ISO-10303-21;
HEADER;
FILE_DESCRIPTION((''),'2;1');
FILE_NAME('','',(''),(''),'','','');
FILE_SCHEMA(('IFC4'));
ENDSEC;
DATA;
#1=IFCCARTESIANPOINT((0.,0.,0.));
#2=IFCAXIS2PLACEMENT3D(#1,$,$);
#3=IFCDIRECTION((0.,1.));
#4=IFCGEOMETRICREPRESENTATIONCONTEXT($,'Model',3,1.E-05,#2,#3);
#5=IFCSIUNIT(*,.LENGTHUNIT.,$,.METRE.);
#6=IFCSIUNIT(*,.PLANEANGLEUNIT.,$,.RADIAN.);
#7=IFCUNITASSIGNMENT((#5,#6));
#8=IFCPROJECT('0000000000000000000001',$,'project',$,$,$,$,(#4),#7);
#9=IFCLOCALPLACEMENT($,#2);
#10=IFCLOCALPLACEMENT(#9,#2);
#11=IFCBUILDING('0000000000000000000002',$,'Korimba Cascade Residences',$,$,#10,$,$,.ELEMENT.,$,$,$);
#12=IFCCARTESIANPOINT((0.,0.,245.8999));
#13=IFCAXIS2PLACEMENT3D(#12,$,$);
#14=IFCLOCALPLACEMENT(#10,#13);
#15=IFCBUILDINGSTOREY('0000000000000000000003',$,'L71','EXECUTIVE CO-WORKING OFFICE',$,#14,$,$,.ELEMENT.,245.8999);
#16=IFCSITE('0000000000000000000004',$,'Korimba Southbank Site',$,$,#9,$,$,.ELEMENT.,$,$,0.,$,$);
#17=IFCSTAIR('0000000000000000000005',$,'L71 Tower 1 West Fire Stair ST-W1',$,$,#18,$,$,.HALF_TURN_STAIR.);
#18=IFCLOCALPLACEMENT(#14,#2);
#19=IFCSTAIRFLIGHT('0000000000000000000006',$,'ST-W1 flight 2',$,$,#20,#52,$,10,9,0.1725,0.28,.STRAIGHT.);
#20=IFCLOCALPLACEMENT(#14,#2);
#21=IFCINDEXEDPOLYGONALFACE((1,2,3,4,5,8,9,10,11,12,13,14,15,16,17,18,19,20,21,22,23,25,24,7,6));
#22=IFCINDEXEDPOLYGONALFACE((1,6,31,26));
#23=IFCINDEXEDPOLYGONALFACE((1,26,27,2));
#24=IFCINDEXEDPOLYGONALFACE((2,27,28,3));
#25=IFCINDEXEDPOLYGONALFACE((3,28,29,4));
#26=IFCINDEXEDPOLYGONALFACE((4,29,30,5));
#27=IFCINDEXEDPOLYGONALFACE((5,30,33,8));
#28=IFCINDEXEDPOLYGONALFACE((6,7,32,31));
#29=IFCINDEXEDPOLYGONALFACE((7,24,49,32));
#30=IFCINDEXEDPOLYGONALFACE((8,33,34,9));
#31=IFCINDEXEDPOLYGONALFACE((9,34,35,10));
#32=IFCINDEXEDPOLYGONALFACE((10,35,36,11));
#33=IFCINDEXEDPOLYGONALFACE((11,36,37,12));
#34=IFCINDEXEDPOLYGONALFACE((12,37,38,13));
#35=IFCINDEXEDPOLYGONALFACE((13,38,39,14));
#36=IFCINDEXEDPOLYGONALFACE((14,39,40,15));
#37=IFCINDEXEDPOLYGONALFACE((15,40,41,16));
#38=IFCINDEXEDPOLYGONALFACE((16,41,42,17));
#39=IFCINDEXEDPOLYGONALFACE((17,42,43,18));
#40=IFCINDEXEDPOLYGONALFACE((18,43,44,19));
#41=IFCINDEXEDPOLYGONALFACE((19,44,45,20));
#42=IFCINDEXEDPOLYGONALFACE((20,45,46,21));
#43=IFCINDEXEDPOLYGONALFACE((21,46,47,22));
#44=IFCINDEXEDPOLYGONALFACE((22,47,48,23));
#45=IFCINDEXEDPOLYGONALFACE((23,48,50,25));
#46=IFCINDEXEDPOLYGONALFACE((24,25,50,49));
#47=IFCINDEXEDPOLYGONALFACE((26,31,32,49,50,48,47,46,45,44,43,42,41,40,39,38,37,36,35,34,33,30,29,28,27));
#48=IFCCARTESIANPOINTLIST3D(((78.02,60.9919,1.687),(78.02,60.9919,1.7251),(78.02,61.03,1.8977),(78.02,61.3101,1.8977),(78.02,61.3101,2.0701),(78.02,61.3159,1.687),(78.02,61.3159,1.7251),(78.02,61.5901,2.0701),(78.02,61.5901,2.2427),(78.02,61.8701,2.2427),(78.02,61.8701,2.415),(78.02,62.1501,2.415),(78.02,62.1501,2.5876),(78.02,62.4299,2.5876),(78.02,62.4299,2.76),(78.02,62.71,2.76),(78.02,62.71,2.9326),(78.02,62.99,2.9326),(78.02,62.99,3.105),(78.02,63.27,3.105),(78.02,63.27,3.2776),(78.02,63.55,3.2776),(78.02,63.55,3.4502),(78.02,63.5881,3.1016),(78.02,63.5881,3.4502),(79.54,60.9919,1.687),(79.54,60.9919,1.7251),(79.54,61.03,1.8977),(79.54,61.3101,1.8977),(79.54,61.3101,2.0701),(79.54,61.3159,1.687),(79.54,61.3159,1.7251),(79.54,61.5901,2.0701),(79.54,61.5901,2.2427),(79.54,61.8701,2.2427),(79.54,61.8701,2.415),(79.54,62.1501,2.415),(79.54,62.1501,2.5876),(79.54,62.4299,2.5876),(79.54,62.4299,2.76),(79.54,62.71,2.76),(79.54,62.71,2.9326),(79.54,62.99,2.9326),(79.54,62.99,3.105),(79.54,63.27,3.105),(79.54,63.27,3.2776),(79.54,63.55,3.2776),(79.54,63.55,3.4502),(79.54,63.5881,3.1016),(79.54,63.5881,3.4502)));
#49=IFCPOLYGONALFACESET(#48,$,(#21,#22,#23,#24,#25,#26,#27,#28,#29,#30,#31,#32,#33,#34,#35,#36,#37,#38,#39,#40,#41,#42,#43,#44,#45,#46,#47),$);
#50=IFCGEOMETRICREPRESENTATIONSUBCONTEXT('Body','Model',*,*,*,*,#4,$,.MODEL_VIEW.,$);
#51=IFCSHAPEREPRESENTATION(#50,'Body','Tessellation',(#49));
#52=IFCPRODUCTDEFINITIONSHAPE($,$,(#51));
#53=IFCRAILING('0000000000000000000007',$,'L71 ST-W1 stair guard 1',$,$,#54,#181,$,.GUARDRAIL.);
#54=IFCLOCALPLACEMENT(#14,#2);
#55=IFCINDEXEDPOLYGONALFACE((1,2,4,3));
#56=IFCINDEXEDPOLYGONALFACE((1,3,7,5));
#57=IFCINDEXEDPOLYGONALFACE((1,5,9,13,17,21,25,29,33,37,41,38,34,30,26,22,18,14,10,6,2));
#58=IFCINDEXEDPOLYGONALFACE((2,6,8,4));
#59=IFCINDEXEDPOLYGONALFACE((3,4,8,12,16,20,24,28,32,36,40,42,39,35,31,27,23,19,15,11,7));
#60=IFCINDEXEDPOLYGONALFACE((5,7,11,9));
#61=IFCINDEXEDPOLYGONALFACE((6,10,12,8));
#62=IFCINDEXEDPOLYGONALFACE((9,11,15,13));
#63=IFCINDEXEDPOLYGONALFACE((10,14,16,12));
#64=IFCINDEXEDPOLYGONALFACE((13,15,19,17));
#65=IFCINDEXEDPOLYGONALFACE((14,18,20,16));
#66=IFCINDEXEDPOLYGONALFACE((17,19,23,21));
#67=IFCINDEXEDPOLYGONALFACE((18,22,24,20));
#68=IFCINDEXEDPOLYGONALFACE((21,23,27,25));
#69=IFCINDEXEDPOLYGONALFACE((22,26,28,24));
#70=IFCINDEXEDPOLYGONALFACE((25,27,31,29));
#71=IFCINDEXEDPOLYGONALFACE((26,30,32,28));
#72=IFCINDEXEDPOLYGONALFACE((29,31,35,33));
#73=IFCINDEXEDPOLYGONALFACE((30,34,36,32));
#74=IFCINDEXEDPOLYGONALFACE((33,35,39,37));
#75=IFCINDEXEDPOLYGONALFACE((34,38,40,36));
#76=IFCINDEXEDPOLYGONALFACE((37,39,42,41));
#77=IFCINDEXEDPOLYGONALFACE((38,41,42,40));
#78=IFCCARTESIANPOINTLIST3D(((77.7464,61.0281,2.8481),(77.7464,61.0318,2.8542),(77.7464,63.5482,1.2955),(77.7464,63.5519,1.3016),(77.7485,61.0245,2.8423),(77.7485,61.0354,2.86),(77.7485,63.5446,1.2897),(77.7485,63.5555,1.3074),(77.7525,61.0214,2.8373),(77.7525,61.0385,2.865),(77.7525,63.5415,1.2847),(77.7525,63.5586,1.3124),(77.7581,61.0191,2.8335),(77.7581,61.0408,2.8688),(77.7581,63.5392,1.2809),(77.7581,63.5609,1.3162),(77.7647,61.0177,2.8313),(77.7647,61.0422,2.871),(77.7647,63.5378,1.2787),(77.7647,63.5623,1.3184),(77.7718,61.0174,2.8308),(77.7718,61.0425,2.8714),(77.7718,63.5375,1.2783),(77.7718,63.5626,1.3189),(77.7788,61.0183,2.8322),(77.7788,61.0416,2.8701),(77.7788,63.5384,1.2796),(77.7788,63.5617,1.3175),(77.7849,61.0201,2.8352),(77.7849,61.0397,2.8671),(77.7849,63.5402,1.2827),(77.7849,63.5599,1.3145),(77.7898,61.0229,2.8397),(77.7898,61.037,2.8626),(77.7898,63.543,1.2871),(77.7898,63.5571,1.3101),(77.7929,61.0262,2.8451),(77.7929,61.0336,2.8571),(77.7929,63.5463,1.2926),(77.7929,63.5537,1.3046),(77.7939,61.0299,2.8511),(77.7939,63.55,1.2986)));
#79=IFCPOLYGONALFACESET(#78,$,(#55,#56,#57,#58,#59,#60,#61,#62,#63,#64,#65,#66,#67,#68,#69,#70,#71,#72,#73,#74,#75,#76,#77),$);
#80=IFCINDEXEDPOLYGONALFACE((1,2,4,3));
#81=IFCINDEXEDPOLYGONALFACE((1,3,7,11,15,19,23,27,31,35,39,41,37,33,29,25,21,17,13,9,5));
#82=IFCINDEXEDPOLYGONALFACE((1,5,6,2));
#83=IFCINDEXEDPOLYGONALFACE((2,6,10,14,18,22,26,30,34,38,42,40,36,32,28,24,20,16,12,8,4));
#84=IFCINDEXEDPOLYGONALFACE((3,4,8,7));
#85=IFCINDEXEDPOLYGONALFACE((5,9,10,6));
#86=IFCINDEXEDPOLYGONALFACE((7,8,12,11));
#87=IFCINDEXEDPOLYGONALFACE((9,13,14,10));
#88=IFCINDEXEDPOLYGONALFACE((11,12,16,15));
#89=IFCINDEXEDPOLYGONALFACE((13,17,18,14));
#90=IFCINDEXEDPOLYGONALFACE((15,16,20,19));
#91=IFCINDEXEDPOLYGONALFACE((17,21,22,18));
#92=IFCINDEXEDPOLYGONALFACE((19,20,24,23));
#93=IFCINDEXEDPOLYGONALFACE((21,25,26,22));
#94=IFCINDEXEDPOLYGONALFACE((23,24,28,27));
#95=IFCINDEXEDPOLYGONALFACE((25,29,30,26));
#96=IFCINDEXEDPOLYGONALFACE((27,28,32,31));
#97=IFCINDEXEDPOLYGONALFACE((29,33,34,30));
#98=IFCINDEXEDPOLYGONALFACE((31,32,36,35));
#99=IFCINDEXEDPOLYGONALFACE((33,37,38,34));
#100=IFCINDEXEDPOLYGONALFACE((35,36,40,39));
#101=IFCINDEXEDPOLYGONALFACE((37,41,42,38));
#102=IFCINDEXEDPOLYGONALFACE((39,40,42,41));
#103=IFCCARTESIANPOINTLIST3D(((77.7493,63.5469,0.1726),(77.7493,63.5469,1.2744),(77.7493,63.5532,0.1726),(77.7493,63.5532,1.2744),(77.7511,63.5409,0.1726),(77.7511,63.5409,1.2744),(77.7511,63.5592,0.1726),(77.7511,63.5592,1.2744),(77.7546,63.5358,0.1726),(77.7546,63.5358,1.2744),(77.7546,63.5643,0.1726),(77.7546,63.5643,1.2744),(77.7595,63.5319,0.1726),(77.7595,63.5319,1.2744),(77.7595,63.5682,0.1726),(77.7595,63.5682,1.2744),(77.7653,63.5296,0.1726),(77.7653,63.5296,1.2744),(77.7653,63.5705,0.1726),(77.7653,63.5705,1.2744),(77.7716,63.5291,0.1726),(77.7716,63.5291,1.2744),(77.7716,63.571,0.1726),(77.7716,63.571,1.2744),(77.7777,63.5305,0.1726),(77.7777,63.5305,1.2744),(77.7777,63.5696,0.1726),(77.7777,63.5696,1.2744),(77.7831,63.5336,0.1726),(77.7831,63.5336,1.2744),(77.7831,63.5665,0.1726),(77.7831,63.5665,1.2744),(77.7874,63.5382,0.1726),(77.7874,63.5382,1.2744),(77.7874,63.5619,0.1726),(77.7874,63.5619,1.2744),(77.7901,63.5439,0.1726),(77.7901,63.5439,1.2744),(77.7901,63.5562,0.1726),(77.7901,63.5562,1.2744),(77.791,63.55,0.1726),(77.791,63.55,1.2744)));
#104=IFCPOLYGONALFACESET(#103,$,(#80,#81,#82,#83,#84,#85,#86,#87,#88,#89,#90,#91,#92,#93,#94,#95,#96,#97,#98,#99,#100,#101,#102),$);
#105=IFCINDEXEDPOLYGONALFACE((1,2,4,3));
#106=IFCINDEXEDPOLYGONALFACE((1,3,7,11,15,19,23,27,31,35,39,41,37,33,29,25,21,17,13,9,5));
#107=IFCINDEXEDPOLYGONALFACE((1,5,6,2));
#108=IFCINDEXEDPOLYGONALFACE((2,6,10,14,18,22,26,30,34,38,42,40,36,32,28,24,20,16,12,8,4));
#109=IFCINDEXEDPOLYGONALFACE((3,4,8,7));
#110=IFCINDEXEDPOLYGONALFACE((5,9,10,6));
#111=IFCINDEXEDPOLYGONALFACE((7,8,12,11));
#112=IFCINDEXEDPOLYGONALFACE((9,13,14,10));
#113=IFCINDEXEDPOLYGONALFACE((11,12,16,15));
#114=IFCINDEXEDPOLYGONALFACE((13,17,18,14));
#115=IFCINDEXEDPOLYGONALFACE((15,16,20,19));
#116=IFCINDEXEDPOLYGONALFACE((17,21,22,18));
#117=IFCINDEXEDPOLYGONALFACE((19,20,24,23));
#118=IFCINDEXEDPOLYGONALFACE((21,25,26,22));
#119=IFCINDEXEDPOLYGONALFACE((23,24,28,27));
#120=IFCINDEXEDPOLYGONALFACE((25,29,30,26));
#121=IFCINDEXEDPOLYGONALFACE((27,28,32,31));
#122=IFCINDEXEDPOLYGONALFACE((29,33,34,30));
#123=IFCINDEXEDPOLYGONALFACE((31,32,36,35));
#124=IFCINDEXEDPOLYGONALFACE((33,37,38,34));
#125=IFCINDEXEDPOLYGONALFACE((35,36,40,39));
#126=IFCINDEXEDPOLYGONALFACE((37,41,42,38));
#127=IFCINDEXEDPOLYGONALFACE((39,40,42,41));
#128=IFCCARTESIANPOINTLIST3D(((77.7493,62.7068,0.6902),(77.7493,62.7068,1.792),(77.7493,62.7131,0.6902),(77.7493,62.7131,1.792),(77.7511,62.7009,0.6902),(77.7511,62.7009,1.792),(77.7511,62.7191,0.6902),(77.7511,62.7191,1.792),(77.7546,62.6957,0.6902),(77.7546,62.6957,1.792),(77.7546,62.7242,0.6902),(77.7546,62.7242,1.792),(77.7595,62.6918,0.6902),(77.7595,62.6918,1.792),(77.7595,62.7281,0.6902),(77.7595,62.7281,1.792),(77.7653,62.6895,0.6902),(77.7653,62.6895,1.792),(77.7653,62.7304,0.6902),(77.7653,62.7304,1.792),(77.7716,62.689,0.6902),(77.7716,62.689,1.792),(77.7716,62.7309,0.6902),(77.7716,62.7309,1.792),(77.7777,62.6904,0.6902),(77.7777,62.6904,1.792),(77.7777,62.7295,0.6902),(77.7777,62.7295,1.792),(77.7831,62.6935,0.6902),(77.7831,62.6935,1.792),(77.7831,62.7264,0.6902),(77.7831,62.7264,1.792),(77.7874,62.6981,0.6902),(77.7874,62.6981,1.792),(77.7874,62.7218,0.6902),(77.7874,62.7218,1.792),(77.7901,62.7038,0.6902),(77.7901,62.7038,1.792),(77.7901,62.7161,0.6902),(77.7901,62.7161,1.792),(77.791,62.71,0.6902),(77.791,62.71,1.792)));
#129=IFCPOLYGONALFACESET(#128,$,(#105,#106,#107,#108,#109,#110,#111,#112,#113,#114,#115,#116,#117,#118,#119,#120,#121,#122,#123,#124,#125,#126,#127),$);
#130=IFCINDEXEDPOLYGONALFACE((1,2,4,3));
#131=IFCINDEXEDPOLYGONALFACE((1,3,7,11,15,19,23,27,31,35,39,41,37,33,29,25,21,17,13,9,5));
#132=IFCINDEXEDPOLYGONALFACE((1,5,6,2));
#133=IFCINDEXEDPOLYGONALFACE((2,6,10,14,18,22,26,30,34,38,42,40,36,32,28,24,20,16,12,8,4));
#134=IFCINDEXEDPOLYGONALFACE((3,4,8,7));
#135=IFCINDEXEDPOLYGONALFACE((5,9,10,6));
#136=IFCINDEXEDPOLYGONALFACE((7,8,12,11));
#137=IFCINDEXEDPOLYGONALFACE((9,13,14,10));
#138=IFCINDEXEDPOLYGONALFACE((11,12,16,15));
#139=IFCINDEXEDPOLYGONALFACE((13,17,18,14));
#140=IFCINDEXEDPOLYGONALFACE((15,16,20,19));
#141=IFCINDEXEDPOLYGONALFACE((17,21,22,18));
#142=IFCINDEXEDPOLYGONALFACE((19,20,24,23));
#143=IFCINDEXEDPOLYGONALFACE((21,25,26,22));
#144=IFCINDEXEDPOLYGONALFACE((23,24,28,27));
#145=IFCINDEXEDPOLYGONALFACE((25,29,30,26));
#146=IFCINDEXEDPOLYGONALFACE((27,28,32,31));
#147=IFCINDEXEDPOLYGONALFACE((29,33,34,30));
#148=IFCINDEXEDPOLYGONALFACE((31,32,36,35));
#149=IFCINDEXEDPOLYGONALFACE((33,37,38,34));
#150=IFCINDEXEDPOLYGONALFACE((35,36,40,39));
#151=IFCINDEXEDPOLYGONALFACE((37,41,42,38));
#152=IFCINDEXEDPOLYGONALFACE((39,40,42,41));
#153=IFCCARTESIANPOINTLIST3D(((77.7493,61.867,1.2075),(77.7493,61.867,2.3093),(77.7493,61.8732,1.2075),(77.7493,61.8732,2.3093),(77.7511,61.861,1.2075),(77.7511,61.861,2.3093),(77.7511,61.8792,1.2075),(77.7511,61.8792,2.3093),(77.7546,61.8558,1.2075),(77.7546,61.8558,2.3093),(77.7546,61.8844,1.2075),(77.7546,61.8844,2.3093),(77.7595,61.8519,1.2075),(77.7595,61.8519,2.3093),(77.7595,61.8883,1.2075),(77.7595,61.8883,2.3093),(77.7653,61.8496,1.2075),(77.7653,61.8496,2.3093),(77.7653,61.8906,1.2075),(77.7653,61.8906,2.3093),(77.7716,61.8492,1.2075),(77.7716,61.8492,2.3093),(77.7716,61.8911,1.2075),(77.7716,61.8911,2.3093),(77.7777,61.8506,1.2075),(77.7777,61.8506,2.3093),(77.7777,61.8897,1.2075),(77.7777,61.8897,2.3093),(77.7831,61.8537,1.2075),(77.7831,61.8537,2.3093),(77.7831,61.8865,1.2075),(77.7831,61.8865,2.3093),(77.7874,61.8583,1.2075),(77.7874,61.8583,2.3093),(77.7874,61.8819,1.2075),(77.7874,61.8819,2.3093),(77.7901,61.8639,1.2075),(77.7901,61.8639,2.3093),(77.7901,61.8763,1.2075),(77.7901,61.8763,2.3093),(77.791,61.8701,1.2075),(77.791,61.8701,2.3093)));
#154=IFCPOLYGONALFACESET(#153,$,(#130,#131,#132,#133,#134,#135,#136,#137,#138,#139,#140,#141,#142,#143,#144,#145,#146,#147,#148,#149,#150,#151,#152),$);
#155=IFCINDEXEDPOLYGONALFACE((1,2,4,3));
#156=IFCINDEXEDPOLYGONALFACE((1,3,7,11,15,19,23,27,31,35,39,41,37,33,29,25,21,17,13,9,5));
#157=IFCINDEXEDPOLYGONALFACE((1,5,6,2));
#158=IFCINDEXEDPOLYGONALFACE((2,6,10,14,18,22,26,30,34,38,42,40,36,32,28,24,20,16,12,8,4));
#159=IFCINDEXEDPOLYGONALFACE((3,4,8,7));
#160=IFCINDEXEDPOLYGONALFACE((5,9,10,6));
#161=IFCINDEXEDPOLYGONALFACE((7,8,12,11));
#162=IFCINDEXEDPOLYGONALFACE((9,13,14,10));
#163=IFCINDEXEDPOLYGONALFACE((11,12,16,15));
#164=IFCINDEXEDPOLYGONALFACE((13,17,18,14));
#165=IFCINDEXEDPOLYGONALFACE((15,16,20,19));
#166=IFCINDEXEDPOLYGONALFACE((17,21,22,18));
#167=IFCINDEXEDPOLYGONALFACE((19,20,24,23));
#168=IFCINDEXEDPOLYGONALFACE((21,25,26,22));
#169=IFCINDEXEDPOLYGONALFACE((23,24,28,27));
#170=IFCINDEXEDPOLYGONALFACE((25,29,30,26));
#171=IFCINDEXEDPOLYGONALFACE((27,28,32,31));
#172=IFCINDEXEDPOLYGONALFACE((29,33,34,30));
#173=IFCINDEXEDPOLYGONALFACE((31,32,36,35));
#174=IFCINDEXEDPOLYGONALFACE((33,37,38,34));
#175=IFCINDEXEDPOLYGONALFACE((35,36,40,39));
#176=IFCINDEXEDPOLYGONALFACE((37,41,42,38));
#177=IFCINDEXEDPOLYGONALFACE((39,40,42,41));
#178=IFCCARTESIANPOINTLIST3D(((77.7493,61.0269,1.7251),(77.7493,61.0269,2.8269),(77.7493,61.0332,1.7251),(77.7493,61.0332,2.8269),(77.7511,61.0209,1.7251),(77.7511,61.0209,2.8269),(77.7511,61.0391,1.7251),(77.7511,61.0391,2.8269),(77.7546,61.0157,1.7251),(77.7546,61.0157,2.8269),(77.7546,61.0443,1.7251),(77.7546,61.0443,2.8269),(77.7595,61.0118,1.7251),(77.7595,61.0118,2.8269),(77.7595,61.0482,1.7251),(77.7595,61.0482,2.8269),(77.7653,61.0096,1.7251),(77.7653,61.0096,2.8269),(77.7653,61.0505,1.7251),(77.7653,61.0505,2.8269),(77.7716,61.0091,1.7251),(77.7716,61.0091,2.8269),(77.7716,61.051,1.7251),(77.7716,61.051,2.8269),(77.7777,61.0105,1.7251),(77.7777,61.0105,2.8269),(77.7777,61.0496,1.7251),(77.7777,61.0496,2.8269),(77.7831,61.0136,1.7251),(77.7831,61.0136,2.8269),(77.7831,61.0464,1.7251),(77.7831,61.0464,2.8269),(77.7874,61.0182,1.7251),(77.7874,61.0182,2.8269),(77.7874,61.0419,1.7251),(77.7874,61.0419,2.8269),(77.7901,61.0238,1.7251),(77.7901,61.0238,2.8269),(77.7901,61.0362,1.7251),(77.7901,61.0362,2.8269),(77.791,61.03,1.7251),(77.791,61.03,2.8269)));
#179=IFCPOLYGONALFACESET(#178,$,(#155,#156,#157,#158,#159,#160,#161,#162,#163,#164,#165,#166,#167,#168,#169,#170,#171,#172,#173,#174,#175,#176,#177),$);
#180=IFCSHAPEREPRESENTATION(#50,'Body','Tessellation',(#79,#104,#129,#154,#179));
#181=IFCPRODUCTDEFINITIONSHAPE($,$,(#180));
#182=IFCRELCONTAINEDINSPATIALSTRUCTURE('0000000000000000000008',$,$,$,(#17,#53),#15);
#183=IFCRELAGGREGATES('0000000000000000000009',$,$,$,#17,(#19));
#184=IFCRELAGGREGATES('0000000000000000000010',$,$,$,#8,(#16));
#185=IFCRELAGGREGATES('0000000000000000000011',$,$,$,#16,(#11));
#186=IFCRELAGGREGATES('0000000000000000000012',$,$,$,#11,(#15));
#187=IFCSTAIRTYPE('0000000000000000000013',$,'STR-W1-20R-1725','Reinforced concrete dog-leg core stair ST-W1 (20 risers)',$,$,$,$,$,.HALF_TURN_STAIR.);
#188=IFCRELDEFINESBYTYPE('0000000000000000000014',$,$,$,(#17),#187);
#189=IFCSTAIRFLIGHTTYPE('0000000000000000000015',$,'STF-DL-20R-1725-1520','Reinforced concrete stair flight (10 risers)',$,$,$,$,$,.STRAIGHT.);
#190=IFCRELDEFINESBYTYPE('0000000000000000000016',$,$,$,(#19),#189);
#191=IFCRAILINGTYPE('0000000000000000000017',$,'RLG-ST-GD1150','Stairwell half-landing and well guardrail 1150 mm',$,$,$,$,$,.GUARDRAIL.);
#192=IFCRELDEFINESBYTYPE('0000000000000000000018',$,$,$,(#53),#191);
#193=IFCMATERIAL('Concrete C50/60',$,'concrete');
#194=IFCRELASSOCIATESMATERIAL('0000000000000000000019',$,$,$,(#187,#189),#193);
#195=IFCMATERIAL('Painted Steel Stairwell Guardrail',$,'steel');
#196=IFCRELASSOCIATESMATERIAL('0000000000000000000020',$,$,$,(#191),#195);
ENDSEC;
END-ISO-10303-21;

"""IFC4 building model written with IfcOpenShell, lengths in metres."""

from ifc_helpers import new_model, si_unit, direction, frame, origin, origin_2d, place, context, subcontext, project, spatial, polyline, circle, outline, extrude, material, type_object, element, aggregate, save


model = new_model("IFC4")

# Units and contexts
model_context = context("Model", 3, precision=1e-05, world=origin(), true_north=direction((0.0, 1.0)))
body_context = subcontext(model_context, "Body", "Model", "MODEL_VIEW")
ifc_project = project(units=[si_unit("LENGTHUNIT", "METRE"), si_unit("PLANEANGLEUNIT", "RADIAN")], contexts=[model_context])

# Site, building, storey
site_placement = place(None, origin())
site = spatial("IfcSite", under=ifc_project, at=site_placement, Name="Korimba Southbank Site", CompositionType="ELEMENT", RefElevation=0.0)
building_placement = place(site_placement, origin())
building = spatial("IfcBuilding", under=site, at=building_placement, Name="Korimba Cascade Residences", CompositionType="ELEMENT")
storey_placement = place(building_placement, frame((0.0, 0.0, 245.8999)))
storey = spatial("IfcBuildingStorey", under=building, at=storey_placement, Name="L71", Description="EXECUTIVE CO-WORKING OFFICE", CompositionType="ELEMENT", Elevation=245.8999)

# Shared definitions
ifc_material_1 = material(Name="Concrete C50/60", Category="concrete")

# Stair, stair flight
stair_type = type_object("IfcStairType", Name="STR-W1-20R-1725", Description="Reinforced concrete dog-leg core stair ST-W1 (20 risers)", PredefinedType="HALF_TURN_STAIR", material=ifc_material_1)
stair_placement = place(storey_placement, origin())
stair = element("IfcStair", 1, at=stair_placement, inside=storey, type_object=stair_type, Name="L71 Tower 1 West Fire Stair ST-W1", PredefinedType="HALF_TURN_STAIR")
stair_flight_type = type_object("IfcStairFlightType", Name="STF-DL-20R-1725-1520", Description="Reinforced concrete stair flight (10 risers)", PredefinedType="STRAIGHT", material=ifc_material_1)
stair_flight_1_placement = place(storey_placement, frame((78.78, 61.03, 1.7251), z_axis=(0.0, 0.0, 1.0), x_axis=(0.0, 1.0, 0.0)))
stair_flight_1 = element("IfcStairFlight", 2, at=stair_flight_1_placement, type_object=stair_flight_type, Name="ST-W1 flight 2", NumberOfRisers=10, NumberOfTreads=9, PredefinedType="STRAIGHT", RiserHeight=0.1725, TreadLength=0.28, context=body_context, shape_type="SweptSolid", body=[
    extrude(outline(polyline([(-0.0381, 0.0), (0.0, 0.1726), (0.28, 0.1726), (0.28, 0.345), (0.5601, 0.345), (0.5601, 0.5176), (0.8401, 0.5176), (0.8401, 0.6899), (1.1201, 0.6899), (1.1201, 0.8625), (1.3999, 0.8625), (1.3999, 1.0349), (1.6799, 1.0349), (1.6799, 1.2075), (1.96, 1.2075), (1.96, 1.3799), (2.24, 1.3799), (2.24, 1.5525), (2.52, 1.5525), (2.52, 1.7251), (2.5581, 1.7251), (2.5581, 1.3765), (0.2859, 0.0), (0.2859, -0.0381), (-0.0381, -0.0381), (-0.0381, 0.0)])), frame((0.0, 0.76, 0.0), z_axis=(0.0, -1.0, 0.0), x_axis=(1.0, 0.0, 0.0)), (0.0, 0.0, 1.0), 1.52),
])
aggregate(stair, [stair_flight_1])

# Railing
ifc_material_2 = material(Name="Painted Steel Stairwell Guardrail", Category="steel")
railing_type_1 = type_object("IfcRailingType", Name="RLG-ST-GD1150", Description="Stairwell half-landing and well guardrail 1150 mm", PredefinedType="GUARDRAIL", material=ifc_material_2)
railing_1_placement = place(storey_placement, frame((77.77, 63.55, 0.1726)))
element("IfcRailing", 3, at=railing_1_placement, inside=storey, type_object=railing_type_1, Name="L71 ST-W1 stair guard 1", PredefinedType="GUARDRAIL", context=body_context, shape_type="SweptSolid", body=[
    extrude(circle(Radius=0.0239, at=origin_2d()), frame((0.0, 0.0, 1.126), z_axis=(0.0, -0.8514, 0.524516), x_axis=(1.0, 0.0, 0.0)), (0.0, 0.0, 1.0), 2.96),
    extrude(circle(Radius=0.021, at=origin_2d()), origin(), (0.0, 0.0, 1.0), 1.1018),
    extrude(circle(Radius=0.021, at=origin_2d()), frame((0.0, -0.8401, 0.5176)), (0.0, 0.0, 1.0), 1.1018),
    extrude(circle(Radius=0.021, at=origin_2d()), frame((0.0, -1.6799, 1.0349)), (0.0, 0.0, 1.0), 1.1018),
    extrude(circle(Radius=0.021, at=origin_2d()), frame((0.0, -2.52, 1.5525)), (0.0, 0.0, 1.0), 1.1018),
])

save(model, "model.ifc")
